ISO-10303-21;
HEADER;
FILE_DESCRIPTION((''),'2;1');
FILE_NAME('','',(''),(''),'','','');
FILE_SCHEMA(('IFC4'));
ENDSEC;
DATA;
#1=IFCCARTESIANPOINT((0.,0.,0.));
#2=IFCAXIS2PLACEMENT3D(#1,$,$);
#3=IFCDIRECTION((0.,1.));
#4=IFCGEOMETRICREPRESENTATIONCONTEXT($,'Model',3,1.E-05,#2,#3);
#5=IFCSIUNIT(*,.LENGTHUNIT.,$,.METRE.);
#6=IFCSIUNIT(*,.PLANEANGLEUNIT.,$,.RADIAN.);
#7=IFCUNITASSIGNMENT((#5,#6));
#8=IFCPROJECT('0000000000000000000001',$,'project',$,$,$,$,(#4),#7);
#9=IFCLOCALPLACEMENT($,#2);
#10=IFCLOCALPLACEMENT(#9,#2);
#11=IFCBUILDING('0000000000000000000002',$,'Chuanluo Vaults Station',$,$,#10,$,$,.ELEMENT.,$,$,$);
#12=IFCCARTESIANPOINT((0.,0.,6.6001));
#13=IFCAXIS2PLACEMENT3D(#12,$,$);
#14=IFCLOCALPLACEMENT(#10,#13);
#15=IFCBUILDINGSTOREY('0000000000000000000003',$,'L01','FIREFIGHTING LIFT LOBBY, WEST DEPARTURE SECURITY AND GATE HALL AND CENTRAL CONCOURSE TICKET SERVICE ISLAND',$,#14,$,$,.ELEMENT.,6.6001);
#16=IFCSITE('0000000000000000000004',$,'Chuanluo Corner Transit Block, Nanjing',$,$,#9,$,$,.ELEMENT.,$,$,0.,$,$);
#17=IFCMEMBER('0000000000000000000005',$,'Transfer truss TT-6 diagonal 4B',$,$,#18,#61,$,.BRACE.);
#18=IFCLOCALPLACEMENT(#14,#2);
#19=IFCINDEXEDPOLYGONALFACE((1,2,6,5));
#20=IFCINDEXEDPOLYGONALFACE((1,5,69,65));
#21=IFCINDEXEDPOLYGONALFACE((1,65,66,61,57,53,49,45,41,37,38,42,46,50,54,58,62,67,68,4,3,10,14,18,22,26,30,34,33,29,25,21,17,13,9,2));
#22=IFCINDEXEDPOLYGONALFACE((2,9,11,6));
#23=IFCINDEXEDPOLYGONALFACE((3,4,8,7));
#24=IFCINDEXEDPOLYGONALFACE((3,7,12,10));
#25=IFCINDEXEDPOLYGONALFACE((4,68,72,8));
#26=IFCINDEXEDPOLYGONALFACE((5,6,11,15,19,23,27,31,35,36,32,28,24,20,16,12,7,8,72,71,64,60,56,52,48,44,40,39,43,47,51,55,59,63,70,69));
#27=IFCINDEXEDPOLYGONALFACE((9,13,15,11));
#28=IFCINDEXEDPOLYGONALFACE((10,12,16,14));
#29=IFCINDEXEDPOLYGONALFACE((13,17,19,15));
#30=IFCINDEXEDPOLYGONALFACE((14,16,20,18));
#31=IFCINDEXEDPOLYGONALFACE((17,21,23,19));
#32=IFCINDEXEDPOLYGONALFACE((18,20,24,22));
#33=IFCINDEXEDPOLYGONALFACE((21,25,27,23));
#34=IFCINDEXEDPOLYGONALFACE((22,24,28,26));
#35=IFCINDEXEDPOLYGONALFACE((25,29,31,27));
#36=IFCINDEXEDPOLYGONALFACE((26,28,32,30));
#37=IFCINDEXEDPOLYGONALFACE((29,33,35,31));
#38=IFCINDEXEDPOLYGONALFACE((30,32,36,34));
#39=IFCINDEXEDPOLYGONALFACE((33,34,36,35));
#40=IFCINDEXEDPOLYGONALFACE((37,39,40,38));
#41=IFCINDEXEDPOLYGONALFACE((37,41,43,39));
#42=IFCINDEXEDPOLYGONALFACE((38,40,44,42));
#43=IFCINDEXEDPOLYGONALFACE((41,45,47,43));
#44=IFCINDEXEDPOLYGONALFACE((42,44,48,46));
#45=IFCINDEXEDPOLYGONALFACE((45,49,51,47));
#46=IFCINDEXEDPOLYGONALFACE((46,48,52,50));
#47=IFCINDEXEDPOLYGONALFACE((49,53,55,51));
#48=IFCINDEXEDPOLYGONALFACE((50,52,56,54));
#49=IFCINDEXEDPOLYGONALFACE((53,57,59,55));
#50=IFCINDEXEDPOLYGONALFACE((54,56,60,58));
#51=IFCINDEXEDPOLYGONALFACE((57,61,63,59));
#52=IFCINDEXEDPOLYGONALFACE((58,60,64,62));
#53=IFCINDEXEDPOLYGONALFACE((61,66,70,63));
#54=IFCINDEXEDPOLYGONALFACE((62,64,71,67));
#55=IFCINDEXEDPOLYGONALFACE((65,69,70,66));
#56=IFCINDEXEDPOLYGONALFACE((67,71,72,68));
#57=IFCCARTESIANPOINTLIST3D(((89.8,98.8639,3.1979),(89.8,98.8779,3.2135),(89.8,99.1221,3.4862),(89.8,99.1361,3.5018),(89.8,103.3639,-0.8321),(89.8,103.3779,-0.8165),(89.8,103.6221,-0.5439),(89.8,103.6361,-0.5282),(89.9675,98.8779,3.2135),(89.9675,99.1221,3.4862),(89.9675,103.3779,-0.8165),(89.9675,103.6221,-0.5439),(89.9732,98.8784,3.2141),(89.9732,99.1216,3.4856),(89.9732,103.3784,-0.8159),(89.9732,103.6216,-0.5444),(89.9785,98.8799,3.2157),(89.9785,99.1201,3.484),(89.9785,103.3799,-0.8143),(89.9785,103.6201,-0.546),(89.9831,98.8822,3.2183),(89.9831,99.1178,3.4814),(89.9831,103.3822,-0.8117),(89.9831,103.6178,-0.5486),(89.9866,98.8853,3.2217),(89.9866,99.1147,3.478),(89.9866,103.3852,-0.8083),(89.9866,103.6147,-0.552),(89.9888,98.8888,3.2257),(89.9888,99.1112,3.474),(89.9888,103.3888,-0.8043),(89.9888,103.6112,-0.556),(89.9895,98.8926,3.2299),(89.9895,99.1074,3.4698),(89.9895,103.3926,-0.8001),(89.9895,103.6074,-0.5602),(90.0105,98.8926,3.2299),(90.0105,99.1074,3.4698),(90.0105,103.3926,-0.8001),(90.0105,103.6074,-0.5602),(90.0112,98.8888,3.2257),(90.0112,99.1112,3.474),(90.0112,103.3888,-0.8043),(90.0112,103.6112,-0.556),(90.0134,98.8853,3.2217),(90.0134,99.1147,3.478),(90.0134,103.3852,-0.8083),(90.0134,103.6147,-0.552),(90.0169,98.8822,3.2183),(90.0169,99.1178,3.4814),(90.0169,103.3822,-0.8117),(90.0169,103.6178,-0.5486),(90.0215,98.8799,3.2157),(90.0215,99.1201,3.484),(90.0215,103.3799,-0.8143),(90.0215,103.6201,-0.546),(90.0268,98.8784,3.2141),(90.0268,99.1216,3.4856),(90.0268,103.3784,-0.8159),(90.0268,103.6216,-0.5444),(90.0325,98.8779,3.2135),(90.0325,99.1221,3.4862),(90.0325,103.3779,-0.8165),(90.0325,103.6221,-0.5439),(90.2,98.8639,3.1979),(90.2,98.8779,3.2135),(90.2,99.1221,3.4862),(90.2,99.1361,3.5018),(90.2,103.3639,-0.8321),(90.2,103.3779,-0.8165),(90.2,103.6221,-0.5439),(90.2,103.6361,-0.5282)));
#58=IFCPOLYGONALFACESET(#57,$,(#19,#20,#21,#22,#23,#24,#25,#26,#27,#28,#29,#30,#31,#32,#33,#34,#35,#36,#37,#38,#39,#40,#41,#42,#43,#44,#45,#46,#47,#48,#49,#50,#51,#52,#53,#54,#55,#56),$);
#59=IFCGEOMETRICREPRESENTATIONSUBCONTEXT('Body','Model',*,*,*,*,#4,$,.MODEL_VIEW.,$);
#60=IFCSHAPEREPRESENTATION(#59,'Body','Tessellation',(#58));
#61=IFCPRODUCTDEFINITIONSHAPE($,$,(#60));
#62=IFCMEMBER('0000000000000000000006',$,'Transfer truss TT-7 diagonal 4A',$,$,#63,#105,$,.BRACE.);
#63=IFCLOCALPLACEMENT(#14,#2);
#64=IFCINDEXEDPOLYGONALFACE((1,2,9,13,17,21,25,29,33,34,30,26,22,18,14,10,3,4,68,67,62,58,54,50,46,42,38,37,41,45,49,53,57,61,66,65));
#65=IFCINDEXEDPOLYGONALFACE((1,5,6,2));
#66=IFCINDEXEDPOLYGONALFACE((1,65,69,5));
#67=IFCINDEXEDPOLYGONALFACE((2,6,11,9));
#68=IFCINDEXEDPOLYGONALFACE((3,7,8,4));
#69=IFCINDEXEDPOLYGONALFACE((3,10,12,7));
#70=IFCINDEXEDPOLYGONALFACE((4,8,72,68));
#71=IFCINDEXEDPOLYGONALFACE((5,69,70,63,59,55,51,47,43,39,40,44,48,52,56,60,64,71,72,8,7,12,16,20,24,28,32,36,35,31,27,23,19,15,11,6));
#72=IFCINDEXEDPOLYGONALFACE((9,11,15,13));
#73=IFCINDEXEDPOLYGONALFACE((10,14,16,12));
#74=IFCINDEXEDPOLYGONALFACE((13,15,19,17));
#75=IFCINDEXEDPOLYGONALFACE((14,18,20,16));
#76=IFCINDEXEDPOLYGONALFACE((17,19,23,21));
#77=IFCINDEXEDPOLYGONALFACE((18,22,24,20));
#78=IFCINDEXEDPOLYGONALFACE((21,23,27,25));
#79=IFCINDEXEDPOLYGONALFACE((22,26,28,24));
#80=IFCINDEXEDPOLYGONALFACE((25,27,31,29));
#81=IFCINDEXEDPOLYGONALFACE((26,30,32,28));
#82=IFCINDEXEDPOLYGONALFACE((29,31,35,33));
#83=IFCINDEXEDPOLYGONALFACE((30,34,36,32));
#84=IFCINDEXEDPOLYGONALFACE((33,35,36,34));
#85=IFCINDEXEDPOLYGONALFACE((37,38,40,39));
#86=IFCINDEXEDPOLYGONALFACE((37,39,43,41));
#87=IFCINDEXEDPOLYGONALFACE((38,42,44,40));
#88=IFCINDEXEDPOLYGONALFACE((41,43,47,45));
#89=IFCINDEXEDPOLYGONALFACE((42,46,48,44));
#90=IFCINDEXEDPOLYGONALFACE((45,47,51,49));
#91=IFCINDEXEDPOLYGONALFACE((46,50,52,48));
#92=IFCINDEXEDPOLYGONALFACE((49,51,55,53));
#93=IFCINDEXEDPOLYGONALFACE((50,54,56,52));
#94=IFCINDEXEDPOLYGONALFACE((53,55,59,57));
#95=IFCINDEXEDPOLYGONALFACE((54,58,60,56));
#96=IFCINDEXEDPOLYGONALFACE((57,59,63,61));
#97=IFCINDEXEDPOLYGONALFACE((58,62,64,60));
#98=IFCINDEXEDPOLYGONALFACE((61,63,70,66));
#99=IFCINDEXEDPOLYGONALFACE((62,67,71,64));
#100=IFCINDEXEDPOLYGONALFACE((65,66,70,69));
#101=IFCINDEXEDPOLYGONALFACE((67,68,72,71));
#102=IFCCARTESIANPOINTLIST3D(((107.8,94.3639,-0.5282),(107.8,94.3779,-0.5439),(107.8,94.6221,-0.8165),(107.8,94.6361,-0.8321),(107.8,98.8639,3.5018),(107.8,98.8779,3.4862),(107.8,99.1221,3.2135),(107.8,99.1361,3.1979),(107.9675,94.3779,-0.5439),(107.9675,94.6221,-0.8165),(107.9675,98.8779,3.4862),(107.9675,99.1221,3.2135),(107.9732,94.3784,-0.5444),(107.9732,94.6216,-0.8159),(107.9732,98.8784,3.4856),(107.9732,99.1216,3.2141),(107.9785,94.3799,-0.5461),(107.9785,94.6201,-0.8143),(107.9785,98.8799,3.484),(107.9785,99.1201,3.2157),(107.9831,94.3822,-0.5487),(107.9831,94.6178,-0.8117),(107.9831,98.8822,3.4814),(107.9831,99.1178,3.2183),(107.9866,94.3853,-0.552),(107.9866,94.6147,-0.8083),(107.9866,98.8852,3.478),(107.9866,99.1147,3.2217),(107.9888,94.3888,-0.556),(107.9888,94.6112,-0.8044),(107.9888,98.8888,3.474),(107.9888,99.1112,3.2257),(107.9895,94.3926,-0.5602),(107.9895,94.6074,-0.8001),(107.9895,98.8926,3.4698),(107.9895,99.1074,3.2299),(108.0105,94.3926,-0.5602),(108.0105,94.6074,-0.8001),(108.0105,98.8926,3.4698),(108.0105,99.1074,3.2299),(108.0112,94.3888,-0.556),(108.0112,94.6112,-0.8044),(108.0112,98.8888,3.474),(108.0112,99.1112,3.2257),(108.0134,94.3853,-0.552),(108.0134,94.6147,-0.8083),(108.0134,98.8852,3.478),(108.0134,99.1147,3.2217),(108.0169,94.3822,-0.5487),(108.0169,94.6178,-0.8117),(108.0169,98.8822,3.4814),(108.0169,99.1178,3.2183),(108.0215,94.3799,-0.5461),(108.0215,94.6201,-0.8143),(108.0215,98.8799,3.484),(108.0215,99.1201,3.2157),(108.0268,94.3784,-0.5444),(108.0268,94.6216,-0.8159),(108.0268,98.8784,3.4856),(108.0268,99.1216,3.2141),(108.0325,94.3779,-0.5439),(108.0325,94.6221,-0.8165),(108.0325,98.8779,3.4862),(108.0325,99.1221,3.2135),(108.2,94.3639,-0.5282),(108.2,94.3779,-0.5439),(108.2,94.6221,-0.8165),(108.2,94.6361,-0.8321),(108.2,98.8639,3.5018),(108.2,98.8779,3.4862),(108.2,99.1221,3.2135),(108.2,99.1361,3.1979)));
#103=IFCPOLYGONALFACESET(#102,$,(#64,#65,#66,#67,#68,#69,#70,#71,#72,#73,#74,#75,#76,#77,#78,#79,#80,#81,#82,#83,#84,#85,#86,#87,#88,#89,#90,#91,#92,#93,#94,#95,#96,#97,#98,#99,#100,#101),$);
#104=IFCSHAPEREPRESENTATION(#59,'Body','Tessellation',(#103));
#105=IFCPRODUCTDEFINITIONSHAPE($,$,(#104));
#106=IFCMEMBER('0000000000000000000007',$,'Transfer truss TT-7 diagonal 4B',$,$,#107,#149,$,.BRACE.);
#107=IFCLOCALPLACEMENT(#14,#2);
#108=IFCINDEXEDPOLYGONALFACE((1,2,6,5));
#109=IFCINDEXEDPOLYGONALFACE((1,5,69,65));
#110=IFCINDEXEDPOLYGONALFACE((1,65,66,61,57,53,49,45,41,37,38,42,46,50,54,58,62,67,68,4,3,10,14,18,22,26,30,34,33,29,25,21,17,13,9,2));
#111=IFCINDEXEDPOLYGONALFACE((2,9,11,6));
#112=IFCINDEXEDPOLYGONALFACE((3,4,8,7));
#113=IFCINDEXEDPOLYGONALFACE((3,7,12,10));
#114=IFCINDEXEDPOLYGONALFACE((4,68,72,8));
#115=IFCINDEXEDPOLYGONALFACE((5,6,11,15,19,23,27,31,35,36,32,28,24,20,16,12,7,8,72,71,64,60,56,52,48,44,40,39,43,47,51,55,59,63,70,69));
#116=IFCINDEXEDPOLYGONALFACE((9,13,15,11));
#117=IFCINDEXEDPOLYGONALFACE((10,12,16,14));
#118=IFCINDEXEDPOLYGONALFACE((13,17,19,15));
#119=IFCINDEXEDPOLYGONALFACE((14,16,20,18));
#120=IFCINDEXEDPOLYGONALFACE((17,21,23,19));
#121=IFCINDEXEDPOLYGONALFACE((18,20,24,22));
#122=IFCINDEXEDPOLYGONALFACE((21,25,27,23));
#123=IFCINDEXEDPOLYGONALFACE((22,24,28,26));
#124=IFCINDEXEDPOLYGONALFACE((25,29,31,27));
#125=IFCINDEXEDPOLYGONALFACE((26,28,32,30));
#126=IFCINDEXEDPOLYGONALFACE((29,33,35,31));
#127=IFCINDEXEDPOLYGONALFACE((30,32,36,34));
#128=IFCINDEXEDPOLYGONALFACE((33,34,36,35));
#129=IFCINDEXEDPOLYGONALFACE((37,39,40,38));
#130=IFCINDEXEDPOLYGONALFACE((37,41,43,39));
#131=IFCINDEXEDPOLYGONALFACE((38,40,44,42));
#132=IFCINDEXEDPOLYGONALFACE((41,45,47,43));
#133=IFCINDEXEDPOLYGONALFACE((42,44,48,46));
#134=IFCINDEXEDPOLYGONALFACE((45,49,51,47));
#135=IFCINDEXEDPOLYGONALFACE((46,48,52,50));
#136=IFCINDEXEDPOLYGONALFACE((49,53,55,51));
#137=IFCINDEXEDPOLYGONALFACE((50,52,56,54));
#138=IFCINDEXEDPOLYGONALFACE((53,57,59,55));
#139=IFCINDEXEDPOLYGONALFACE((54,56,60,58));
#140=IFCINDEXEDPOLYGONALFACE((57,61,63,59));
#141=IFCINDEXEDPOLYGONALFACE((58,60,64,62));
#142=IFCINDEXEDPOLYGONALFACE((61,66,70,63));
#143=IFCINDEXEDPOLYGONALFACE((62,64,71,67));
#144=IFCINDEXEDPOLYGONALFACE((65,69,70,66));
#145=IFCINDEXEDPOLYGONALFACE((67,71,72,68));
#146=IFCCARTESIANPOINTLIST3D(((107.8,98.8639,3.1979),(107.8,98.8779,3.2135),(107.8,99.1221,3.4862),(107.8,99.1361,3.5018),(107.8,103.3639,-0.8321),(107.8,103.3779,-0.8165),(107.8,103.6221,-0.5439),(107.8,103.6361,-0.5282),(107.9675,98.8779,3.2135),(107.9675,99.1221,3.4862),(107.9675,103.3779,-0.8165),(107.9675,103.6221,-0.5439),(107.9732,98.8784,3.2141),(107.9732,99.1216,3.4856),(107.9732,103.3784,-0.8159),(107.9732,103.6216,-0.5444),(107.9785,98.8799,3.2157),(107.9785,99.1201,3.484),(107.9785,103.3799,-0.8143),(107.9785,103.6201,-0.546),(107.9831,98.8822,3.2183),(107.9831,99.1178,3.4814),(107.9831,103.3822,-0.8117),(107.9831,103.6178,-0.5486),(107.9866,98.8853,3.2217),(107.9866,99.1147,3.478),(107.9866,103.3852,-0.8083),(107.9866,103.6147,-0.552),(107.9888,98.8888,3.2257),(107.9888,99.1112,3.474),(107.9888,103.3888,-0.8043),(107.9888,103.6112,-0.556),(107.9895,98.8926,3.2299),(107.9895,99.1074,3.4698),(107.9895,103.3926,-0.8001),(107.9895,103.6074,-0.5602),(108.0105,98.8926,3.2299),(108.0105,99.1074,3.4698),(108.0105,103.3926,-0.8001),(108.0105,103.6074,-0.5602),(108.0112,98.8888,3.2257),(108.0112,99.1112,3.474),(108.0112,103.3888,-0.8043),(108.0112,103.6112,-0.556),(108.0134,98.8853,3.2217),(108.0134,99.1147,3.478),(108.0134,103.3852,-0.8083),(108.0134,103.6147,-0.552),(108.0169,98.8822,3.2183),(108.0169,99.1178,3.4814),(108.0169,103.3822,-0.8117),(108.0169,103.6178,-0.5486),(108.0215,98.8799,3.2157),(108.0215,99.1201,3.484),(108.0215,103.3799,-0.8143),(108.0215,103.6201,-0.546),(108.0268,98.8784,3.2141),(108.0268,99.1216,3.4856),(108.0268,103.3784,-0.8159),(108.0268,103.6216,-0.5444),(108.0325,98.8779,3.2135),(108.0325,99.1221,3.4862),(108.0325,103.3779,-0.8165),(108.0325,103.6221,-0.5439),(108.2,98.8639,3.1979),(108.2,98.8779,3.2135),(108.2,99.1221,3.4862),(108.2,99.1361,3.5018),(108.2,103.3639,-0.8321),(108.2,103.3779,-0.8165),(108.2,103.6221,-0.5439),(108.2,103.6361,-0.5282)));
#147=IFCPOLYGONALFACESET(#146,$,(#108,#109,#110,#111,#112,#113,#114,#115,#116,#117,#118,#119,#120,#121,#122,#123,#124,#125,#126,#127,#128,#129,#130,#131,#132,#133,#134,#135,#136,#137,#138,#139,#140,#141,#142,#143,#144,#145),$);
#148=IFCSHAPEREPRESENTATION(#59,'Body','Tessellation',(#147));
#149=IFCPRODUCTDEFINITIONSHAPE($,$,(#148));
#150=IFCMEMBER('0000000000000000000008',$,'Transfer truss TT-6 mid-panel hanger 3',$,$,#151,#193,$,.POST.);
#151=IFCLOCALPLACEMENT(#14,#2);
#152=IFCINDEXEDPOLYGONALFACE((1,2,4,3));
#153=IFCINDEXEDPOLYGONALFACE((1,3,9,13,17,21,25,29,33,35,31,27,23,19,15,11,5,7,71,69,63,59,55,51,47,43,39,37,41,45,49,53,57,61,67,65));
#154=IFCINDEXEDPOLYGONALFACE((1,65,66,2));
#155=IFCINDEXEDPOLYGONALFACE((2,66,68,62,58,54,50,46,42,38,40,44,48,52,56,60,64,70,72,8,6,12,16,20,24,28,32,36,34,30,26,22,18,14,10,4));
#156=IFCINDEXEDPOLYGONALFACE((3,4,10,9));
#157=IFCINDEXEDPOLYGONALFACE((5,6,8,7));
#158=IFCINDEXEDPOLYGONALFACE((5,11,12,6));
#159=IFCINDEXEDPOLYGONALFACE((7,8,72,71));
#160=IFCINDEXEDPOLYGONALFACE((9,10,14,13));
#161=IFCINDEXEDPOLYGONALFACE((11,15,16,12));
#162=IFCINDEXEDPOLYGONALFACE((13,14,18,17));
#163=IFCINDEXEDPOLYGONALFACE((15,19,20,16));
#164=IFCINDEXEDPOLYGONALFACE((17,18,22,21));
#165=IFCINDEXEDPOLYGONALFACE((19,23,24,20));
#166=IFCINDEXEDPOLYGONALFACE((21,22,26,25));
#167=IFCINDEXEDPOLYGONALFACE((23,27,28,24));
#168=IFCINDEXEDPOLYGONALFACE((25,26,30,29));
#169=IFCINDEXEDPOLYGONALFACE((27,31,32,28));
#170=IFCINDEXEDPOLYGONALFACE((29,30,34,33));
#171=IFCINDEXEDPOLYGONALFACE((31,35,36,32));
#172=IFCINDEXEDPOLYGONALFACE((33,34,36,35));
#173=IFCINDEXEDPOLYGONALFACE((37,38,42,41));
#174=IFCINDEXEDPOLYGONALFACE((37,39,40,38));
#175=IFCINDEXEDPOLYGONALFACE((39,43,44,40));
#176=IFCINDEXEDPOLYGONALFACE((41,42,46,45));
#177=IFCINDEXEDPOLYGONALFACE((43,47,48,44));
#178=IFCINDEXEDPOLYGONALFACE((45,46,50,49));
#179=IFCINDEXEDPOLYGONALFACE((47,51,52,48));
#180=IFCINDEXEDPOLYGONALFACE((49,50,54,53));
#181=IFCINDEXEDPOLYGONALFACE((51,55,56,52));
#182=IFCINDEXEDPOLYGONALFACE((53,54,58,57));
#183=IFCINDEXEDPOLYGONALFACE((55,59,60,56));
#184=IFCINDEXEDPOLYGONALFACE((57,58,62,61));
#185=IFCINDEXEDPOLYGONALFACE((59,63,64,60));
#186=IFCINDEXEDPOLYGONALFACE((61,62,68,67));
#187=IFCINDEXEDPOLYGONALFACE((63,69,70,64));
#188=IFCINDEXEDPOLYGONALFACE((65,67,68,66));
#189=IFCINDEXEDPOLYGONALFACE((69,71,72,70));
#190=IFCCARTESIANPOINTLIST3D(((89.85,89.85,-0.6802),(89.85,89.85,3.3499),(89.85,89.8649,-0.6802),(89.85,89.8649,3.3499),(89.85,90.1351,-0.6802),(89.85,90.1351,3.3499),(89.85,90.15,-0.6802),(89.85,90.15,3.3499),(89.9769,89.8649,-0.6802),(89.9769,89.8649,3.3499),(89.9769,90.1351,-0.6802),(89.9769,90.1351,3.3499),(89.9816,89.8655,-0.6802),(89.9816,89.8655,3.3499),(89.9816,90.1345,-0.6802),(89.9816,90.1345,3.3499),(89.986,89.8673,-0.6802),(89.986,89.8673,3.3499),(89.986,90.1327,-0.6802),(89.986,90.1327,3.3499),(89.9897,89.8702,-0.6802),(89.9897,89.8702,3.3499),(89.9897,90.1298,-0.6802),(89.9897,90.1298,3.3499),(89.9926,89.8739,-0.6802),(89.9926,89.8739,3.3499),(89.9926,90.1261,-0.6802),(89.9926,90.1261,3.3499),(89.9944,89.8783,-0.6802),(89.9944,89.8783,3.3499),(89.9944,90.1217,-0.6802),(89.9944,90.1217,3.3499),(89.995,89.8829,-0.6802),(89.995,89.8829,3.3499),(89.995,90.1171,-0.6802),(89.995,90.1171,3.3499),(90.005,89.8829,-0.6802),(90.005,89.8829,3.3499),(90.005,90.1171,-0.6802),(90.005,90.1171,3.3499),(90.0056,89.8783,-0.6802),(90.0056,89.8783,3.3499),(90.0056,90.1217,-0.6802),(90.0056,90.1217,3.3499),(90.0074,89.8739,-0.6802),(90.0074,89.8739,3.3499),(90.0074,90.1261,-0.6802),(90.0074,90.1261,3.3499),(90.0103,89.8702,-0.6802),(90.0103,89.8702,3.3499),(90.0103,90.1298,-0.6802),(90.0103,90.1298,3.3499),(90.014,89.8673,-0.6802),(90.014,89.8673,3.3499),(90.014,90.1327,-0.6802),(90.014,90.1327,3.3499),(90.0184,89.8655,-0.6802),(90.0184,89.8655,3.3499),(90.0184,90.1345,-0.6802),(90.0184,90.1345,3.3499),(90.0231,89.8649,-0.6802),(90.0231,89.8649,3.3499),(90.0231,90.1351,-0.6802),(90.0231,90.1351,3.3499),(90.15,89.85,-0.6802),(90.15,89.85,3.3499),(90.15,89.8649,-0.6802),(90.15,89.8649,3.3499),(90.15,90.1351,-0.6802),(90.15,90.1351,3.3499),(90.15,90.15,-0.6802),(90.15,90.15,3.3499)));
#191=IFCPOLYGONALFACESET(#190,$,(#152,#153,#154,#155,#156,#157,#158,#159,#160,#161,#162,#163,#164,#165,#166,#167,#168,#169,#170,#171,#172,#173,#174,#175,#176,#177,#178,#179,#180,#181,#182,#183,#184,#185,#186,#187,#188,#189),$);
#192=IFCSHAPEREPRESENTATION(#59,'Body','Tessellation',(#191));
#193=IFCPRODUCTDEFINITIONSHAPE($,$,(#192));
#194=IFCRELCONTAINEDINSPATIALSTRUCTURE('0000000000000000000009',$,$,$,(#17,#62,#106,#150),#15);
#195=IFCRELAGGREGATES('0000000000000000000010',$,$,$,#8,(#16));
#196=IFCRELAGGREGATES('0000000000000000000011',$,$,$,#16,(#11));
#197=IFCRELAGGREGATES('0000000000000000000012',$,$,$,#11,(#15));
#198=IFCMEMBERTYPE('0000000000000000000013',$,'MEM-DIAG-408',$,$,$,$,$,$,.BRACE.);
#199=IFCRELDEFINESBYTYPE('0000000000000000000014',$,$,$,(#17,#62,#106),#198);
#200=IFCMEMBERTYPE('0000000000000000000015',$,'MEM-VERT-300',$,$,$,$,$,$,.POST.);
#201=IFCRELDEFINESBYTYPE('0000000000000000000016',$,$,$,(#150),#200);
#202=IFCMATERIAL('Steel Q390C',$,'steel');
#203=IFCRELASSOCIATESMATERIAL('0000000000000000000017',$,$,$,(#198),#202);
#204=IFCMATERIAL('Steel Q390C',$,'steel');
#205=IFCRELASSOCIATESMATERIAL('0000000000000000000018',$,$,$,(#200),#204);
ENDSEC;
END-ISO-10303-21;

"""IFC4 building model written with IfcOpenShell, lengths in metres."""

from ifc_helpers import new_model, si_unit, direction, frame, origin, origin_2d, place, context, subcontext, project, spatial, i_section, extrude, material, material_profile, profile_set, type_object, element, save


model = new_model("IFC4")

# Units and contexts
model_context = context("Model", 3, precision=1e-05, world=origin(), true_north=direction((0.0, 1.0)))
body_context = subcontext(model_context, "Body", "Model", "MODEL_VIEW")
ifc_project = project(units=[si_unit("LENGTHUNIT", "METRE"), si_unit("PLANEANGLEUNIT", "RADIAN")], contexts=[model_context])

# Site, building, storey
site_placement = place(None, origin())
site = spatial("IfcSite", under=ifc_project, at=site_placement, Name="Chuanluo Corner Transit Block, Nanjing", CompositionType="ELEMENT", RefElevation=0.0)
building_placement = place(site_placement, origin())
building = spatial("IfcBuilding", under=site, at=building_placement, Name="Chuanluo Vaults Station", CompositionType="ELEMENT")
storey_placement = place(building_placement, frame((0.0, 0.0, 6.6001)))
storey = spatial("IfcBuildingStorey", under=building, at=storey_placement, Name="L01", Description="FIREFIGHTING LIFT LOBBY, WEST DEPARTURE SECURITY AND GATE HALL AND CENTRAL CONCOURSE TICKET SERVICE ISLAND", CompositionType="ELEMENT", Elevation=6.6001)

# Members
ifc_material_1 = material(Name="Steel Q390C", Category="steel")
ifc_material_profile_1 = material_profile(ifc_material_1, i_section(OverallWidth=0.3999, OverallDepth=0.408, WebThickness=0.021, FlangeThickness=0.021, FilletRadius=0.022, at=origin_2d()))
ifc_profile_set_1 = profile_set([ifc_material_profile_1], Name="Steel Q390C")
member_type_1 = type_object("IfcMemberType", Name="MEM-DIAG-408", PredefinedType="BRACE", material=ifc_profile_set_1)
for number, where, z_axis, x_axis, name in (
    (1, (90.0, 99.0, 3.3499), (0.0, 0.744936, -0.667136), (-1.0, 0.0, 0.0), "Transfer truss TT-6 diagonal 4B"),
    (2, (108.0, 94.5, -0.6802), (0.0, 0.744936, 0.667136), (-1.0, 0.0, 0.0), "Transfer truss TT-7 diagonal 4A"),
    (3, (108.0, 99.0, 3.3499), (0.0, 0.744936, -0.667136), (-1.0, 0.0, 0.0), "Transfer truss TT-7 diagonal 4B"),
):
    element("IfcMember", number, at=place(storey_placement, frame(where, z_axis=z_axis, x_axis=x_axis)), inside=storey, type_object=member_type_1, Name=name, PredefinedType="BRACE", context=body_context, shape_type="SweptSolid", body=[
        extrude(i_section(OverallWidth=0.3999, OverallDepth=0.408, WebThickness=0.021, FlangeThickness=0.021, FilletRadius=0.022, at=origin_2d()), origin(), (0.0, 0.0, 1.0), 6.0408),
    ])
ifc_material_2 = material(Name="Steel Q390C", Category="steel")
ifc_material_profile_2 = material_profile(ifc_material_2, i_section(OverallWidth=0.3, OverallDepth=0.3, WebThickness=0.01, FlangeThickness=0.0149, FilletRadius=0.0181, at=origin_2d()))
ifc_profile_set_2 = profile_set([ifc_material_profile_2], Name="Steel Q390C")
member_type_2 = type_object("IfcMemberType", Name="MEM-VERT-300", PredefinedType="POST", material=ifc_profile_set_2)
for number, where, z_axis, x_axis, name in (
    (4, (90.0, 90.0, -0.6802), (0.0, 0.0, 1.0), (1.0, 0.0, 0.0), "Transfer truss TT-6 mid-panel hanger 3"),
):
    element("IfcMember", number, at=place(storey_placement, frame(where, z_axis=z_axis, x_axis=x_axis)), inside=storey, type_object=member_type_2, Name=name, PredefinedType="POST", context=body_context, shape_type="SweptSolid", body=[
        extrude(i_section(OverallWidth=0.3, OverallDepth=0.3, WebThickness=0.01, FlangeThickness=0.0149, FilletRadius=0.0181, at=origin_2d()), origin(), (0.0, 0.0, 1.0), 4.03),
    ])

save(model, "model.ifc")
